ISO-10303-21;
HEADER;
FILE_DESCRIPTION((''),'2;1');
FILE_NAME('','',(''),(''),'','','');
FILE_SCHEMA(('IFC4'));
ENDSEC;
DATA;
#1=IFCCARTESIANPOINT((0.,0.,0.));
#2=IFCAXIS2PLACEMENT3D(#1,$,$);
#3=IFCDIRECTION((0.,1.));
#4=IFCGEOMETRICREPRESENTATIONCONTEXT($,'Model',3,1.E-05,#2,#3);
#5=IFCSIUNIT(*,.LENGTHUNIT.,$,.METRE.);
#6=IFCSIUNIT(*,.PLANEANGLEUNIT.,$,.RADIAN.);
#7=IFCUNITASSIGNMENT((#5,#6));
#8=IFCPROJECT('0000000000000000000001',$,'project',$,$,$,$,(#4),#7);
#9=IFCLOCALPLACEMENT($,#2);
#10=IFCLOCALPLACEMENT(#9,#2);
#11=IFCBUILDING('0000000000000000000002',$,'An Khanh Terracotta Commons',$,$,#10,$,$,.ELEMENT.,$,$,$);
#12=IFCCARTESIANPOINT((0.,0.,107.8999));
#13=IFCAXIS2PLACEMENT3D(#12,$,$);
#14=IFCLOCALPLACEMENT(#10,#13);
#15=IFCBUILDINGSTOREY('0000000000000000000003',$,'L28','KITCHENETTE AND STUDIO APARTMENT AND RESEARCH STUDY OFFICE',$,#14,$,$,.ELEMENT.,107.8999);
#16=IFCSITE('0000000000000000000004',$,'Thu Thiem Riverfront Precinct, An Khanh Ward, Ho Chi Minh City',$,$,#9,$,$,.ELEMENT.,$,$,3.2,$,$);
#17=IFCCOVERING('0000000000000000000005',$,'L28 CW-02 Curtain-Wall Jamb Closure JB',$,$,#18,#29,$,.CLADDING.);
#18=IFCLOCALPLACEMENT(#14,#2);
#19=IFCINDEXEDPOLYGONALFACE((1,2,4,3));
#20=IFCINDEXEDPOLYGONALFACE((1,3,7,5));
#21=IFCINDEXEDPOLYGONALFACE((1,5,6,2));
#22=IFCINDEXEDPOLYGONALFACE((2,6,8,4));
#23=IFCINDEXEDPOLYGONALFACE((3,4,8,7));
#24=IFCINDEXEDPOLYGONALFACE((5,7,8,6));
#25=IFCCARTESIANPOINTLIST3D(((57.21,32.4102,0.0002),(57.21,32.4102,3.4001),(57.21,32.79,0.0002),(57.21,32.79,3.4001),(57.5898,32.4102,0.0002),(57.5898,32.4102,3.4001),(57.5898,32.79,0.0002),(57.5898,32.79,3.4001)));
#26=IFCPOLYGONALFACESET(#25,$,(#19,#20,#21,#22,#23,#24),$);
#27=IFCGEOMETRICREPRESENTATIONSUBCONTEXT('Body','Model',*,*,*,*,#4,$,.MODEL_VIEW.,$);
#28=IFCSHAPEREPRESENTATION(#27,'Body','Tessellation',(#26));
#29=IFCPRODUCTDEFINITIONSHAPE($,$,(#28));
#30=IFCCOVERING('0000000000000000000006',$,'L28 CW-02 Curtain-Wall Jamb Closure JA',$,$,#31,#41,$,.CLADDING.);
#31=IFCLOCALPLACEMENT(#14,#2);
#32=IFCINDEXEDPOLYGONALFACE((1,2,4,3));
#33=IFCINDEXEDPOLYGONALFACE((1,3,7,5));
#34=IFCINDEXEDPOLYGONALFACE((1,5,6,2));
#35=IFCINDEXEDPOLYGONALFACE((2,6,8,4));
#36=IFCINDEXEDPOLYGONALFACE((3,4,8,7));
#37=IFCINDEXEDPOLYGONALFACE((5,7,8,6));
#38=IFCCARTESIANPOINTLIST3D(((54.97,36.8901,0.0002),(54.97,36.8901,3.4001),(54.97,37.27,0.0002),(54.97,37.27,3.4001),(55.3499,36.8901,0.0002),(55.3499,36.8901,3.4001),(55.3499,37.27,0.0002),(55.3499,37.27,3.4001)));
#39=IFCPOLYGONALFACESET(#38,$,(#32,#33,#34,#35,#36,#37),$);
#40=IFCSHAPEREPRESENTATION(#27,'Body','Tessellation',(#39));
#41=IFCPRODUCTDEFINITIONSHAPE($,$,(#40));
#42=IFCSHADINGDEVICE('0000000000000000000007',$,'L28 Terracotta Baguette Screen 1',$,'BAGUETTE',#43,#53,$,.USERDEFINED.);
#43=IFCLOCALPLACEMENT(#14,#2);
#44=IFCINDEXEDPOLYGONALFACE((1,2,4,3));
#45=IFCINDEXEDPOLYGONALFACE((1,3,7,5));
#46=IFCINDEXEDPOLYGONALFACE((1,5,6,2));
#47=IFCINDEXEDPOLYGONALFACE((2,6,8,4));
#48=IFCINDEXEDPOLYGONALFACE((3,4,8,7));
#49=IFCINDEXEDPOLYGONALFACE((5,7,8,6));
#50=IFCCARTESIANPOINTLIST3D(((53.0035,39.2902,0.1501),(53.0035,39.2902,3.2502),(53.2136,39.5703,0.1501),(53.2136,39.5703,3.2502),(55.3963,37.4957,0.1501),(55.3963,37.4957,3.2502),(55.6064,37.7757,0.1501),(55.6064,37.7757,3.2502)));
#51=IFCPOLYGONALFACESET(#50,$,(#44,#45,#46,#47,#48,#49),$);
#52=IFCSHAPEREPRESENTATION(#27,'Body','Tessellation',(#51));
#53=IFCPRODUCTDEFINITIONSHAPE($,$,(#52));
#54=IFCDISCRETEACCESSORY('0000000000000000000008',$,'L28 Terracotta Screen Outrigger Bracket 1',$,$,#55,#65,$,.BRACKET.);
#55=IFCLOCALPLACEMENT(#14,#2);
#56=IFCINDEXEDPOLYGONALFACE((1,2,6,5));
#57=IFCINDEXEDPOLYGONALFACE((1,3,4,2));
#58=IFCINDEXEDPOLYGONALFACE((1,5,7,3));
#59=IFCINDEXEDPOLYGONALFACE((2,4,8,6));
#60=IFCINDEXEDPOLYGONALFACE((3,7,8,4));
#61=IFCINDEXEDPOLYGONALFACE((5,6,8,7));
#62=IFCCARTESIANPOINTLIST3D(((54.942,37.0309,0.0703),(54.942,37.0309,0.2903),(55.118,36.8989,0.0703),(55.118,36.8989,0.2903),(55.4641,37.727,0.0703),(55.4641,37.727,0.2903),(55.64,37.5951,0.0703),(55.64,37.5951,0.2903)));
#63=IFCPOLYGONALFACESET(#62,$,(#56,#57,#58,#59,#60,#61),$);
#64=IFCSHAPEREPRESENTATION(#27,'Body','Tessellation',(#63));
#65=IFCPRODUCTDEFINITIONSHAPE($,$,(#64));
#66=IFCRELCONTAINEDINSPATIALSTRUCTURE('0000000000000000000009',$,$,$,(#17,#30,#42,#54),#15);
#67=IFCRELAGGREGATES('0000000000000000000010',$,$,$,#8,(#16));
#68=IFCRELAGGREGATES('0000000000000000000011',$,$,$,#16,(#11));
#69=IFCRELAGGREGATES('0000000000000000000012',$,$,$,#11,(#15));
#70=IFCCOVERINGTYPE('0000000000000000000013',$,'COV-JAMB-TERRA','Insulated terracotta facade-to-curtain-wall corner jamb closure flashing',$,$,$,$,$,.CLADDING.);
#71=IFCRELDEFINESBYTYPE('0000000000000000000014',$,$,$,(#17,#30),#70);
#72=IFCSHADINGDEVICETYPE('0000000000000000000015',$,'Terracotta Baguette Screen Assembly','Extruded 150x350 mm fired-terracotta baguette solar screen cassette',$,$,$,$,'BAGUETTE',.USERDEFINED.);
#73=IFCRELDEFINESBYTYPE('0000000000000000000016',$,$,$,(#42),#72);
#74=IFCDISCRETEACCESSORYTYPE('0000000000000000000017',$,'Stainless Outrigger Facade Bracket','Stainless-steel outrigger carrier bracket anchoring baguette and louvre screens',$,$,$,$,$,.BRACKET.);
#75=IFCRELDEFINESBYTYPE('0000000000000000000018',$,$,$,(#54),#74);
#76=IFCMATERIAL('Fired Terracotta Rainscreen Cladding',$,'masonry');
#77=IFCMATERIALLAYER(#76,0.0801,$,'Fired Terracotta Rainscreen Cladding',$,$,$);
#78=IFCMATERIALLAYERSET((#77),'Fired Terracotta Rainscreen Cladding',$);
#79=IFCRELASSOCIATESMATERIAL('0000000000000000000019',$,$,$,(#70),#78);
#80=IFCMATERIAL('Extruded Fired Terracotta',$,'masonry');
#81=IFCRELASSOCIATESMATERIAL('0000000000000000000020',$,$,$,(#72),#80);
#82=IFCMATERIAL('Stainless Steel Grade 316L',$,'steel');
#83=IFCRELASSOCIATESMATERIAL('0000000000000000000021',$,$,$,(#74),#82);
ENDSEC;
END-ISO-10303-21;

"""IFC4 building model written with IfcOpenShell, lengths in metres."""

from ifc_helpers import new_model, si_unit, direction, frame, origin, origin_2d, place, context, subcontext, project, spatial, rectangle, extrude, material, layer, layer_set, type_object, element, save


model = new_model("IFC4")

# Units and contexts
model_context = context("Model", 3, precision=1e-05, world=origin(), true_north=direction((0.0, 1.0)))
body_context = subcontext(model_context, "Body", "Model", "MODEL_VIEW")
ifc_project = project(units=[si_unit("LENGTHUNIT", "METRE"), si_unit("PLANEANGLEUNIT", "RADIAN")], contexts=[model_context])

# Site, building, storey
site_placement = place(None, origin())
site = spatial("IfcSite", under=ifc_project, at=site_placement, Name="Thu Thiem Riverfront Precinct, An Khanh Ward, Ho Chi Minh City", CompositionType="ELEMENT", RefElevation=3.2)
building_placement = place(site_placement, origin())
building = spatial("IfcBuilding", under=site, at=building_placement, Name="An Khanh Terracotta Commons", CompositionType="ELEMENT")
storey_placement = place(building_placement, frame((0.0, 0.0, 107.8999)))
storey = spatial("IfcBuildingStorey", under=building, at=storey_placement, Name="L28", Description="KITCHENETTE AND STUDIO APARTMENT AND RESEARCH STUDY OFFICE", CompositionType="ELEMENT", Elevation=107.8999)

# Coverings
ifc_material_1 = material(Name="Fired Terracotta Rainscreen Cladding", Category="masonry")
ifc_layer_1 = layer(ifc_material_1, 0.0801, Name="Fired Terracotta Rainscreen Cladding")
ifc_layer_set_1 = layer_set([ifc_layer_1], Name="Fired Terracotta Rainscreen Cladding")
covering_type = type_object("IfcCoveringType", Name="COV-JAMB-TERRA", Description="Insulated terracotta facade-to-curtain-wall corner jamb closure flashing", PredefinedType="CLADDING", material=ifc_layer_set_1)
for number, where, z_axis, x_axis, name in (
    (1, (57.3999, 32.6001, 0.0002), (0.0, 0.0, 1.0), (1.0, 0.0, 0.0), "L28 CW-02 Curtain-Wall Jamb Closure JB"),
    (2, (55.1599, 37.0801, 0.0002), (0.0, 0.0, 1.0), (1.0, 0.0, 0.0), "L28 CW-02 Curtain-Wall Jamb Closure JA"),
):
    element("IfcCovering", number, at=place(storey_placement, frame(where, z_axis=z_axis, x_axis=x_axis)), inside=storey, type_object=covering_type, Name=name, PredefinedType="CLADDING", context=body_context, shape_type="SweptSolid", body=[
        extrude(rectangle(XDim=0.3799, YDim=0.3799, at=origin_2d()), origin(), (0.0, 0.0, 1.0), 3.3999),
    ])

# Shading device
ifc_material_2 = material(Name="Extruded Fired Terracotta", Category="masonry")
shading_device_type = type_object("IfcShadingDeviceType", Name="Terracotta Baguette Screen Assembly", Description="Extruded 150x350 mm fired-terracotta baguette solar screen cassette", ElementType="BAGUETTE", PredefinedType="USERDEFINED", material=ifc_material_2)
shading_device_placement = place(storey_placement, frame((54.3049, 38.533, 0.1501), z_axis=(0.0, 0.0, 1.0), x_axis=(-0.800013, 0.599983, 0.0)))
element("IfcShadingDevice", 3, at=shading_device_placement, inside=storey, type_object=shading_device_type, Name="L28 Terracotta Baguette Screen 1", ObjectType="BAGUETTE", PredefinedType="USERDEFINED", context=body_context, shape_type="SweptSolid", body=[
    extrude(rectangle(XDim=2.991, YDim=0.3501, at=origin_2d()), origin(), (0.0, 0.0, 1.0), 3.1001),
])

# Discrete accessory
ifc_material_3 = material(Name="Stainless Steel Grade 316L", Category="steel")
discrete_accessory_type = type_object("IfcDiscreteAccessoryType", Name="Stainless Outrigger Facade Bracket", Description="Stainless-steel outrigger carrier bracket anchoring baguette and louvre screens", PredefinedType="BRACKET", material=ifc_material_3)
discrete_accessory_placement = place(storey_placement, frame((55.291, 37.313, 0.0703), z_axis=(0.0, 0.0, 1.0), x_axis=(-0.800013, 0.599983, 0.0)))
element("IfcDiscreteAccessory", 4, at=discrete_accessory_placement, inside=storey, type_object=discrete_accessory_type, Name="L28 Terracotta Screen Outrigger Bracket 1", PredefinedType="BRACKET", context=body_context, shape_type="SweptSolid", body=[
    extrude(rectangle(XDim=0.22, YDim=0.8701, at=origin_2d()), origin(), (0.0, 0.0, 1.0), 0.22),
])

save(model, "model.ifc")
